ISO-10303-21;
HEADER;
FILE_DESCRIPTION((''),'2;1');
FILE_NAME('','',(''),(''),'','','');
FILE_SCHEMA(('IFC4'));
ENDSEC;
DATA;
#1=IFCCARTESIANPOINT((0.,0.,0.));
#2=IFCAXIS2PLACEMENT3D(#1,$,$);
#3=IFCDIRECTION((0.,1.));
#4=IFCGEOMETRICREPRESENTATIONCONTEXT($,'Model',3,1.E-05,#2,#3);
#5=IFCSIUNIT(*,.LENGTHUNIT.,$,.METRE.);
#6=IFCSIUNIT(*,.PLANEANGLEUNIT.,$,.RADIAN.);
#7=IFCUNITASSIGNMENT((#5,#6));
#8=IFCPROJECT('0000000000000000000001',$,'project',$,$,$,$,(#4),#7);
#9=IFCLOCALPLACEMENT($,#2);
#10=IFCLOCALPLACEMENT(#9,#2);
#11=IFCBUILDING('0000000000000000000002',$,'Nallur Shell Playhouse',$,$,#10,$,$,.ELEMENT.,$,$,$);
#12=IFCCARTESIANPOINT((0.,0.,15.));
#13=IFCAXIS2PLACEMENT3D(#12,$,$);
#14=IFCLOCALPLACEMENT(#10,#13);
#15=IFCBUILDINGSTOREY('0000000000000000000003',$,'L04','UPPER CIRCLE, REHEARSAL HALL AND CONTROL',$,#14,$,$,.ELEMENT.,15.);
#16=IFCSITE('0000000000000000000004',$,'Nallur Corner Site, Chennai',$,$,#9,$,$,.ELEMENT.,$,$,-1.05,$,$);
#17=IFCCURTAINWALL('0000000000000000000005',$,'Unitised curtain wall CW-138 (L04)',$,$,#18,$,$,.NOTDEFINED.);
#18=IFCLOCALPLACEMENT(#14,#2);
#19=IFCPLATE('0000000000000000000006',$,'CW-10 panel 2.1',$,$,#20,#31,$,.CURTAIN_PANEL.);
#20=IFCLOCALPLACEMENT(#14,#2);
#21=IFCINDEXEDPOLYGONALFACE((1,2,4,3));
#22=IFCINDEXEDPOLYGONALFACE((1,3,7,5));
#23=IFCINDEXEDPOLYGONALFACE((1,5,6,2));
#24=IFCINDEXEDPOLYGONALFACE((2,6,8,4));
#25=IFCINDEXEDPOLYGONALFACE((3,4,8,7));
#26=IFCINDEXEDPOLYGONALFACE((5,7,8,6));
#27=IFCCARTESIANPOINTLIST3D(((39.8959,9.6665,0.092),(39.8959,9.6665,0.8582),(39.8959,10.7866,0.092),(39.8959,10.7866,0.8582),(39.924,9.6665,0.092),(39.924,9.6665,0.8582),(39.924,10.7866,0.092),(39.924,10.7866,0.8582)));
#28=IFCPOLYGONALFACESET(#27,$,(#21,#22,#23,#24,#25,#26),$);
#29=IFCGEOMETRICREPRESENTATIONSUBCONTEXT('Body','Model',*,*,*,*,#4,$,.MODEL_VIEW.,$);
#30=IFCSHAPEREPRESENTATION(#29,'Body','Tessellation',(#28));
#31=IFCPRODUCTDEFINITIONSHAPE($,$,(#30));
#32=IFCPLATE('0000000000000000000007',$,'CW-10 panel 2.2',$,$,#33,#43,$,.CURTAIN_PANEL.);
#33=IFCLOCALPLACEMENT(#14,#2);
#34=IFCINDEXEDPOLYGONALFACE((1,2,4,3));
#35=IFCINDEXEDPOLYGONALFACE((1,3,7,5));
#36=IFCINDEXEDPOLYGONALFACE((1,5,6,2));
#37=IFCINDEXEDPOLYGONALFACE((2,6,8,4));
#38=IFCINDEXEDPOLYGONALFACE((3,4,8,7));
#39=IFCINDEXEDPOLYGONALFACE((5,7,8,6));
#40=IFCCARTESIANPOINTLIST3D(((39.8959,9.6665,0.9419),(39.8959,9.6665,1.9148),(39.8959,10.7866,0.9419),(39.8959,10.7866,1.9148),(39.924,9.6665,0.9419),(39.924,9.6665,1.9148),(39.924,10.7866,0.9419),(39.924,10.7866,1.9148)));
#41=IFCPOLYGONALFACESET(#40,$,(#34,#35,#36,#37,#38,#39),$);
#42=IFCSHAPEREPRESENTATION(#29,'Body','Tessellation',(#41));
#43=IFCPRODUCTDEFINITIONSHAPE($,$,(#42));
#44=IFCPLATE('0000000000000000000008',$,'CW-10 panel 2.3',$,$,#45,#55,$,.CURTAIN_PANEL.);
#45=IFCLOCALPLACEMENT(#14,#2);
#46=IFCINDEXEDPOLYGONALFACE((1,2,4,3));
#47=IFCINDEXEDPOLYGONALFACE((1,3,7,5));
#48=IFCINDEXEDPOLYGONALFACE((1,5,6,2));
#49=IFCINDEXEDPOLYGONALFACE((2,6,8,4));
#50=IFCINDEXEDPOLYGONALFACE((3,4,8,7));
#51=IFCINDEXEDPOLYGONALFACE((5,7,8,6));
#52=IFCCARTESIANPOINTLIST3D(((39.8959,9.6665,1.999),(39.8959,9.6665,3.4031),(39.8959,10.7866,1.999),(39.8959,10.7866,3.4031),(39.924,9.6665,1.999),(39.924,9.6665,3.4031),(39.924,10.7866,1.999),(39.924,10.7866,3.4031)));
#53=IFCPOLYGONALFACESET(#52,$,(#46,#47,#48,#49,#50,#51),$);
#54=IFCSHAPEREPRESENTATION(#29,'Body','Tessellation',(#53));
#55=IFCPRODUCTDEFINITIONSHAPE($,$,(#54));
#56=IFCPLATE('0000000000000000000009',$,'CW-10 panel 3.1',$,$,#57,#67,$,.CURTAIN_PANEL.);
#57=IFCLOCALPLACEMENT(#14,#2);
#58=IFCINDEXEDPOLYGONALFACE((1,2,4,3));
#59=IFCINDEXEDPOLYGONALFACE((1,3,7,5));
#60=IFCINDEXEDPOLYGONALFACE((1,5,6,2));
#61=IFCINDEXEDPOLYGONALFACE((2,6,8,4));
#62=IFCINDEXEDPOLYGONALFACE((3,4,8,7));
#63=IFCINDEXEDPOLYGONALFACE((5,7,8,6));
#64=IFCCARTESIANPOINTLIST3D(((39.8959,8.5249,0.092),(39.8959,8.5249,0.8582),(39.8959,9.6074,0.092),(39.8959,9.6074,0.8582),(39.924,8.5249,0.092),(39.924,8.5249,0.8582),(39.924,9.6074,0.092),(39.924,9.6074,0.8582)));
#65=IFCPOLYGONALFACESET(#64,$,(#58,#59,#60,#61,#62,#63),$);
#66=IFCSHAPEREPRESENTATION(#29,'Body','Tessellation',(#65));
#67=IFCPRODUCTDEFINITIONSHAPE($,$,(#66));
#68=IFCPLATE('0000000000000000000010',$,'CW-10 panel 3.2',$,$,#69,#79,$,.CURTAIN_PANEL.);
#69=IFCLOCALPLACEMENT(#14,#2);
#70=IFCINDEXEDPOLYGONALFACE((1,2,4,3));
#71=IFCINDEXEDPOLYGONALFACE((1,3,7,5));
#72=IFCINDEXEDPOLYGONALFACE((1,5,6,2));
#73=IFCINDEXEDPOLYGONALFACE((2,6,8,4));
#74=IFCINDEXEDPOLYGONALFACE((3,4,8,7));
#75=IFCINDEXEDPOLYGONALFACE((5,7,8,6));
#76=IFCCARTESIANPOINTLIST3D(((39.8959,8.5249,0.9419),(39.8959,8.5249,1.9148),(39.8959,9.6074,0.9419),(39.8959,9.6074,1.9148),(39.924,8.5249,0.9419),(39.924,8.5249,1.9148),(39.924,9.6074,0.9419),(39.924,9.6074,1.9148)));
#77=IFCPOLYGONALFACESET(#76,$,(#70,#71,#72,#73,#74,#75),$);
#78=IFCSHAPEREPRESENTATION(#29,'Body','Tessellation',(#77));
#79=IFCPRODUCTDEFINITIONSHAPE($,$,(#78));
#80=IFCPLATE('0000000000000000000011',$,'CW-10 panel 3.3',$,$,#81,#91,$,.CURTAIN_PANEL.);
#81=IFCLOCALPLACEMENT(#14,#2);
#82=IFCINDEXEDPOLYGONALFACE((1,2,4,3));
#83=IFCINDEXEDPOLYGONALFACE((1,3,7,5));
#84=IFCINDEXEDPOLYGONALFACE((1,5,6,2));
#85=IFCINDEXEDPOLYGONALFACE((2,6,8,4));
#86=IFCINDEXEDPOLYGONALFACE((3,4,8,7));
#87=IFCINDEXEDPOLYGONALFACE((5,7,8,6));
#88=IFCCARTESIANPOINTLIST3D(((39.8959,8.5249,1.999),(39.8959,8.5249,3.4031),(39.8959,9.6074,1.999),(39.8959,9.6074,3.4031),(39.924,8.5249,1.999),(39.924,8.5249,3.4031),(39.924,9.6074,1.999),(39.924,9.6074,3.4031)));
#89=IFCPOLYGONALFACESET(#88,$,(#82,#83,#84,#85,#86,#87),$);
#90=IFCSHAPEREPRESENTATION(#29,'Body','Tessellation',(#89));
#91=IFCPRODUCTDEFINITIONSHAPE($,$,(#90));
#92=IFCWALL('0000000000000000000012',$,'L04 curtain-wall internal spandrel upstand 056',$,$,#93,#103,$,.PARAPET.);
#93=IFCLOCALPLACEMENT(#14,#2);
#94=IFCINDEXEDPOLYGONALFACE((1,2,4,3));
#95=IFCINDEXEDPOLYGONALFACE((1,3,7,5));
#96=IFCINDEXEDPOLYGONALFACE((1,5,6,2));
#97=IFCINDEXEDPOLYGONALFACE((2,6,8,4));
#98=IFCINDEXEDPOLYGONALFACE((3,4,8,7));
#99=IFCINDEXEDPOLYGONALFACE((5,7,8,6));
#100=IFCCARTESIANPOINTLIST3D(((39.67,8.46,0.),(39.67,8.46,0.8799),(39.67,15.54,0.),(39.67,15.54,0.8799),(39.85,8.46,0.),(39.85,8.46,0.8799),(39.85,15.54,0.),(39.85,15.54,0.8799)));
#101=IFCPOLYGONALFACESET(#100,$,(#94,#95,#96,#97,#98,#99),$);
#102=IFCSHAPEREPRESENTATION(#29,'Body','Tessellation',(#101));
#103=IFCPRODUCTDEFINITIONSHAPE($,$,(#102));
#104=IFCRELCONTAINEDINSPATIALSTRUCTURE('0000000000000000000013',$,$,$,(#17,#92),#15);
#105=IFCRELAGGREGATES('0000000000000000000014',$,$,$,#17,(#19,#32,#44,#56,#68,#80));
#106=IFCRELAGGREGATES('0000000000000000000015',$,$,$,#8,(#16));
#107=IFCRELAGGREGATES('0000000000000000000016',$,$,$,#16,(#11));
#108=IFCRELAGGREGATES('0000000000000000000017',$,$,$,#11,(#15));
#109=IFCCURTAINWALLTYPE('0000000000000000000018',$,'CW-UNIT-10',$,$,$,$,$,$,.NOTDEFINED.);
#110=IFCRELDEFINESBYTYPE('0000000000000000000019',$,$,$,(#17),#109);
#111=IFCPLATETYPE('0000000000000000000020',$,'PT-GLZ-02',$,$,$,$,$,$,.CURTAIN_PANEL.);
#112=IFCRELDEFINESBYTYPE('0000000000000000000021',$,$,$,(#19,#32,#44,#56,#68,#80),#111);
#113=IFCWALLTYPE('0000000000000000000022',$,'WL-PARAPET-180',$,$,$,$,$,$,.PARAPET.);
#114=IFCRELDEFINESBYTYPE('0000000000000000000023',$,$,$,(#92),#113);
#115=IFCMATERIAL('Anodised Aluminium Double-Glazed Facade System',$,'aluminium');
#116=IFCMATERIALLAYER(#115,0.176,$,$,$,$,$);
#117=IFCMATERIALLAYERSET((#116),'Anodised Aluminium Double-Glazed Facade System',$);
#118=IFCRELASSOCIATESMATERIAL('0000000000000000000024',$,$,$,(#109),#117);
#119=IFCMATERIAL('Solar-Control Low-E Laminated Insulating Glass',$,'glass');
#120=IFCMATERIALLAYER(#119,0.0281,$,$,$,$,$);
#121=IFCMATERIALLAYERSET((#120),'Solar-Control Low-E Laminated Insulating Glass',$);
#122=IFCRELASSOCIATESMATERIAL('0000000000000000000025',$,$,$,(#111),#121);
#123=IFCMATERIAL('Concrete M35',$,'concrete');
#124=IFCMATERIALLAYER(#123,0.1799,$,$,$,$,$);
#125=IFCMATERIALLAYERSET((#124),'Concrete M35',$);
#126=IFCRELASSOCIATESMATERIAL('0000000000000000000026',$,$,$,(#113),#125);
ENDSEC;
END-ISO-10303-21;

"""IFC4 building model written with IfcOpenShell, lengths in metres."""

from ifc_helpers import new_model, si_unit, direction, frame, frame_2d, origin, origin_2d, place, context, subcontext, project, spatial, rectangle, extrude, material, layer, layer_set, type_object, element, aggregate, save


model = new_model("IFC4")

# Units and contexts
model_context = context("Model", 3, precision=1e-05, world=origin(), true_north=direction((0.0, 1.0)))
body_context = subcontext(model_context, "Body", "Model", "MODEL_VIEW")
ifc_project = project(units=[si_unit("LENGTHUNIT", "METRE"), si_unit("PLANEANGLEUNIT", "RADIAN")], contexts=[model_context])

# Site, building, storey
site_placement = place(None, origin())
site = spatial("IfcSite", under=ifc_project, at=site_placement, Name="Nallur Corner Site, Chennai", CompositionType="ELEMENT", RefElevation=-1.05)
building_placement = place(site_placement, origin())
building = spatial("IfcBuilding", under=site, at=building_placement, Name="Nallur Shell Playhouse", CompositionType="ELEMENT")
storey_placement = place(building_placement, frame((0.0, 0.0, 15.0)))
storey = spatial("IfcBuildingStorey", under=building, at=storey_placement, Name="L04", Description="UPPER CIRCLE, REHEARSAL HALL AND CONTROL", CompositionType="ELEMENT", Elevation=15.0)

# Curtain wall, plates
ifc_material_1 = material(Name="Anodised Aluminium Double-Glazed Facade System", Category="aluminium")
ifc_layer_1 = layer(ifc_material_1, 0.176)
ifc_layer_set_1 = layer_set([ifc_layer_1], Name="Anodised Aluminium Double-Glazed Facade System")
curtain_wall_type = type_object("IfcCurtainWallType", Name="CW-UNIT-10", PredefinedType="NOTDEFINED", material=ifc_layer_set_1)
curtain_wall_placement = place(storey_placement, origin())
curtain_wall = element("IfcCurtainWall", 1, at=curtain_wall_placement, inside=storey, type_object=curtain_wall_type, Name="Unitised curtain wall CW-138 (L04)", PredefinedType="NOTDEFINED")
ifc_material_2 = material(Name="Solar-Control Low-E Laminated Insulating Glass", Category="glass")
ifc_layer_2 = layer(ifc_material_2, 0.0281)
ifc_layer_set_2 = layer_set([ifc_layer_2], Name="Solar-Control Low-E Laminated Insulating Glass")
plate_type = type_object("IfcPlateType", Name="PT-GLZ-02", PredefinedType="CURTAIN_PANEL", material=ifc_layer_set_2)
plate_1_placement = place(storey_placement, frame((39.9099, 10.2266, 0.092), z_axis=(0.0, 0.0, 1.0), x_axis=(0.0, -1.0, 0.0)))
plate_1 = element("IfcPlate", 2, at=plate_1_placement, type_object=plate_type, Name="CW-10 panel 2.1", PredefinedType="CURTAIN_PANEL", context=body_context, shape_type="SweptSolid", body=[
    extrude(rectangle(XDim=1.1201, YDim=0.0281, at=origin_2d()), origin(), (0.0, 0.0, 1.0), 0.7661),
])
plate_2_placement = place(storey_placement, frame((39.9099, 10.2266, 0.9419), z_axis=(0.0, 0.0, 1.0), x_axis=(0.0, -1.0, 0.0)))
plate_2 = element("IfcPlate", 3, at=plate_2_placement, type_object=plate_type, Name="CW-10 panel 2.2", PredefinedType="CURTAIN_PANEL", context=body_context, shape_type="SweptSolid", body=[
    extrude(rectangle(XDim=1.1201, YDim=0.0281, at=origin_2d()), origin(), (0.0, 0.0, 1.0), 0.9729),
])
plate_3_placement = place(storey_placement, frame((39.9099, 10.2266, 1.999), z_axis=(0.0, 0.0, 1.0), x_axis=(0.0, -1.0, 0.0)))
plate_3 = element("IfcPlate", 4, at=plate_3_placement, type_object=plate_type, Name="CW-10 panel 2.3", PredefinedType="CURTAIN_PANEL", context=body_context, shape_type="SweptSolid", body=[
    extrude(rectangle(XDim=1.1201, YDim=0.0281, at=origin_2d()), origin(), (0.0, 0.0, 1.0), 1.4041),
])
plate_4_placement = place(storey_placement, frame((39.9099, 9.0662, 0.092), z_axis=(0.0, 0.0, 1.0), x_axis=(0.0, -1.0, 0.0)))
plate_4 = element("IfcPlate", 5, at=plate_4_placement, type_object=plate_type, Name="CW-10 panel 3.1", PredefinedType="CURTAIN_PANEL", context=body_context, shape_type="SweptSolid", body=[
    extrude(rectangle(XDim=1.0825, YDim=0.0281, at=origin_2d()), origin(), (0.0, 0.0, 1.0), 0.7661),
])
plate_5_placement = place(storey_placement, frame((39.9099, 9.0662, 0.9419), z_axis=(0.0, 0.0, 1.0), x_axis=(0.0, -1.0, 0.0)))
plate_5 = element("IfcPlate", 6, at=plate_5_placement, type_object=plate_type, Name="CW-10 panel 3.2", PredefinedType="CURTAIN_PANEL", context=body_context, shape_type="SweptSolid", body=[
    extrude(rectangle(XDim=1.0825, YDim=0.0281, at=origin_2d()), origin(), (0.0, 0.0, 1.0), 0.9729),
])
plate_6_placement = place(storey_placement, frame((39.9099, 9.0662, 1.999), z_axis=(0.0, 0.0, 1.0), x_axis=(0.0, -1.0, 0.0)))
plate_6 = element("IfcPlate", 7, at=plate_6_placement, type_object=plate_type, Name="CW-10 panel 3.3", PredefinedType="CURTAIN_PANEL", context=body_context, shape_type="SweptSolid", body=[
    extrude(rectangle(XDim=1.0825, YDim=0.0281, at=origin_2d()), origin(), (0.0, 0.0, 1.0), 1.4041),
])
aggregate(curtain_wall, [plate_1, plate_2, plate_3, plate_4, plate_5, plate_6])

# Wall
ifc_material_3 = material(Name="Concrete M35", Category="concrete")
ifc_layer_3 = layer(ifc_material_3, 0.1799)
ifc_layer_set_3 = layer_set([ifc_layer_3], Name="Concrete M35")
wall_type = type_object("IfcWallType", Name="WL-PARAPET-180", PredefinedType="PARAPET", material=ifc_layer_set_3)
wall_placement = place(storey_placement, frame((39.76, 15.54, 0.0), z_axis=(0.0, 0.0, 1.0), x_axis=(0.0, -1.0, 0.0)))
element("IfcWall", 8, at=wall_placement, inside=storey, type_object=wall_type, Name="L04 curtain-wall internal spandrel upstand 056", PredefinedType="PARAPET", context=body_context, shape_type="SweptSolid", body=[
    extrude(rectangle(XDim=7.0801, YDim=0.1799, at=frame_2d((3.54, 0.0))), origin(), (0.0, 0.0, 1.0), 0.8799),
])

save(model, "model.ifc")
